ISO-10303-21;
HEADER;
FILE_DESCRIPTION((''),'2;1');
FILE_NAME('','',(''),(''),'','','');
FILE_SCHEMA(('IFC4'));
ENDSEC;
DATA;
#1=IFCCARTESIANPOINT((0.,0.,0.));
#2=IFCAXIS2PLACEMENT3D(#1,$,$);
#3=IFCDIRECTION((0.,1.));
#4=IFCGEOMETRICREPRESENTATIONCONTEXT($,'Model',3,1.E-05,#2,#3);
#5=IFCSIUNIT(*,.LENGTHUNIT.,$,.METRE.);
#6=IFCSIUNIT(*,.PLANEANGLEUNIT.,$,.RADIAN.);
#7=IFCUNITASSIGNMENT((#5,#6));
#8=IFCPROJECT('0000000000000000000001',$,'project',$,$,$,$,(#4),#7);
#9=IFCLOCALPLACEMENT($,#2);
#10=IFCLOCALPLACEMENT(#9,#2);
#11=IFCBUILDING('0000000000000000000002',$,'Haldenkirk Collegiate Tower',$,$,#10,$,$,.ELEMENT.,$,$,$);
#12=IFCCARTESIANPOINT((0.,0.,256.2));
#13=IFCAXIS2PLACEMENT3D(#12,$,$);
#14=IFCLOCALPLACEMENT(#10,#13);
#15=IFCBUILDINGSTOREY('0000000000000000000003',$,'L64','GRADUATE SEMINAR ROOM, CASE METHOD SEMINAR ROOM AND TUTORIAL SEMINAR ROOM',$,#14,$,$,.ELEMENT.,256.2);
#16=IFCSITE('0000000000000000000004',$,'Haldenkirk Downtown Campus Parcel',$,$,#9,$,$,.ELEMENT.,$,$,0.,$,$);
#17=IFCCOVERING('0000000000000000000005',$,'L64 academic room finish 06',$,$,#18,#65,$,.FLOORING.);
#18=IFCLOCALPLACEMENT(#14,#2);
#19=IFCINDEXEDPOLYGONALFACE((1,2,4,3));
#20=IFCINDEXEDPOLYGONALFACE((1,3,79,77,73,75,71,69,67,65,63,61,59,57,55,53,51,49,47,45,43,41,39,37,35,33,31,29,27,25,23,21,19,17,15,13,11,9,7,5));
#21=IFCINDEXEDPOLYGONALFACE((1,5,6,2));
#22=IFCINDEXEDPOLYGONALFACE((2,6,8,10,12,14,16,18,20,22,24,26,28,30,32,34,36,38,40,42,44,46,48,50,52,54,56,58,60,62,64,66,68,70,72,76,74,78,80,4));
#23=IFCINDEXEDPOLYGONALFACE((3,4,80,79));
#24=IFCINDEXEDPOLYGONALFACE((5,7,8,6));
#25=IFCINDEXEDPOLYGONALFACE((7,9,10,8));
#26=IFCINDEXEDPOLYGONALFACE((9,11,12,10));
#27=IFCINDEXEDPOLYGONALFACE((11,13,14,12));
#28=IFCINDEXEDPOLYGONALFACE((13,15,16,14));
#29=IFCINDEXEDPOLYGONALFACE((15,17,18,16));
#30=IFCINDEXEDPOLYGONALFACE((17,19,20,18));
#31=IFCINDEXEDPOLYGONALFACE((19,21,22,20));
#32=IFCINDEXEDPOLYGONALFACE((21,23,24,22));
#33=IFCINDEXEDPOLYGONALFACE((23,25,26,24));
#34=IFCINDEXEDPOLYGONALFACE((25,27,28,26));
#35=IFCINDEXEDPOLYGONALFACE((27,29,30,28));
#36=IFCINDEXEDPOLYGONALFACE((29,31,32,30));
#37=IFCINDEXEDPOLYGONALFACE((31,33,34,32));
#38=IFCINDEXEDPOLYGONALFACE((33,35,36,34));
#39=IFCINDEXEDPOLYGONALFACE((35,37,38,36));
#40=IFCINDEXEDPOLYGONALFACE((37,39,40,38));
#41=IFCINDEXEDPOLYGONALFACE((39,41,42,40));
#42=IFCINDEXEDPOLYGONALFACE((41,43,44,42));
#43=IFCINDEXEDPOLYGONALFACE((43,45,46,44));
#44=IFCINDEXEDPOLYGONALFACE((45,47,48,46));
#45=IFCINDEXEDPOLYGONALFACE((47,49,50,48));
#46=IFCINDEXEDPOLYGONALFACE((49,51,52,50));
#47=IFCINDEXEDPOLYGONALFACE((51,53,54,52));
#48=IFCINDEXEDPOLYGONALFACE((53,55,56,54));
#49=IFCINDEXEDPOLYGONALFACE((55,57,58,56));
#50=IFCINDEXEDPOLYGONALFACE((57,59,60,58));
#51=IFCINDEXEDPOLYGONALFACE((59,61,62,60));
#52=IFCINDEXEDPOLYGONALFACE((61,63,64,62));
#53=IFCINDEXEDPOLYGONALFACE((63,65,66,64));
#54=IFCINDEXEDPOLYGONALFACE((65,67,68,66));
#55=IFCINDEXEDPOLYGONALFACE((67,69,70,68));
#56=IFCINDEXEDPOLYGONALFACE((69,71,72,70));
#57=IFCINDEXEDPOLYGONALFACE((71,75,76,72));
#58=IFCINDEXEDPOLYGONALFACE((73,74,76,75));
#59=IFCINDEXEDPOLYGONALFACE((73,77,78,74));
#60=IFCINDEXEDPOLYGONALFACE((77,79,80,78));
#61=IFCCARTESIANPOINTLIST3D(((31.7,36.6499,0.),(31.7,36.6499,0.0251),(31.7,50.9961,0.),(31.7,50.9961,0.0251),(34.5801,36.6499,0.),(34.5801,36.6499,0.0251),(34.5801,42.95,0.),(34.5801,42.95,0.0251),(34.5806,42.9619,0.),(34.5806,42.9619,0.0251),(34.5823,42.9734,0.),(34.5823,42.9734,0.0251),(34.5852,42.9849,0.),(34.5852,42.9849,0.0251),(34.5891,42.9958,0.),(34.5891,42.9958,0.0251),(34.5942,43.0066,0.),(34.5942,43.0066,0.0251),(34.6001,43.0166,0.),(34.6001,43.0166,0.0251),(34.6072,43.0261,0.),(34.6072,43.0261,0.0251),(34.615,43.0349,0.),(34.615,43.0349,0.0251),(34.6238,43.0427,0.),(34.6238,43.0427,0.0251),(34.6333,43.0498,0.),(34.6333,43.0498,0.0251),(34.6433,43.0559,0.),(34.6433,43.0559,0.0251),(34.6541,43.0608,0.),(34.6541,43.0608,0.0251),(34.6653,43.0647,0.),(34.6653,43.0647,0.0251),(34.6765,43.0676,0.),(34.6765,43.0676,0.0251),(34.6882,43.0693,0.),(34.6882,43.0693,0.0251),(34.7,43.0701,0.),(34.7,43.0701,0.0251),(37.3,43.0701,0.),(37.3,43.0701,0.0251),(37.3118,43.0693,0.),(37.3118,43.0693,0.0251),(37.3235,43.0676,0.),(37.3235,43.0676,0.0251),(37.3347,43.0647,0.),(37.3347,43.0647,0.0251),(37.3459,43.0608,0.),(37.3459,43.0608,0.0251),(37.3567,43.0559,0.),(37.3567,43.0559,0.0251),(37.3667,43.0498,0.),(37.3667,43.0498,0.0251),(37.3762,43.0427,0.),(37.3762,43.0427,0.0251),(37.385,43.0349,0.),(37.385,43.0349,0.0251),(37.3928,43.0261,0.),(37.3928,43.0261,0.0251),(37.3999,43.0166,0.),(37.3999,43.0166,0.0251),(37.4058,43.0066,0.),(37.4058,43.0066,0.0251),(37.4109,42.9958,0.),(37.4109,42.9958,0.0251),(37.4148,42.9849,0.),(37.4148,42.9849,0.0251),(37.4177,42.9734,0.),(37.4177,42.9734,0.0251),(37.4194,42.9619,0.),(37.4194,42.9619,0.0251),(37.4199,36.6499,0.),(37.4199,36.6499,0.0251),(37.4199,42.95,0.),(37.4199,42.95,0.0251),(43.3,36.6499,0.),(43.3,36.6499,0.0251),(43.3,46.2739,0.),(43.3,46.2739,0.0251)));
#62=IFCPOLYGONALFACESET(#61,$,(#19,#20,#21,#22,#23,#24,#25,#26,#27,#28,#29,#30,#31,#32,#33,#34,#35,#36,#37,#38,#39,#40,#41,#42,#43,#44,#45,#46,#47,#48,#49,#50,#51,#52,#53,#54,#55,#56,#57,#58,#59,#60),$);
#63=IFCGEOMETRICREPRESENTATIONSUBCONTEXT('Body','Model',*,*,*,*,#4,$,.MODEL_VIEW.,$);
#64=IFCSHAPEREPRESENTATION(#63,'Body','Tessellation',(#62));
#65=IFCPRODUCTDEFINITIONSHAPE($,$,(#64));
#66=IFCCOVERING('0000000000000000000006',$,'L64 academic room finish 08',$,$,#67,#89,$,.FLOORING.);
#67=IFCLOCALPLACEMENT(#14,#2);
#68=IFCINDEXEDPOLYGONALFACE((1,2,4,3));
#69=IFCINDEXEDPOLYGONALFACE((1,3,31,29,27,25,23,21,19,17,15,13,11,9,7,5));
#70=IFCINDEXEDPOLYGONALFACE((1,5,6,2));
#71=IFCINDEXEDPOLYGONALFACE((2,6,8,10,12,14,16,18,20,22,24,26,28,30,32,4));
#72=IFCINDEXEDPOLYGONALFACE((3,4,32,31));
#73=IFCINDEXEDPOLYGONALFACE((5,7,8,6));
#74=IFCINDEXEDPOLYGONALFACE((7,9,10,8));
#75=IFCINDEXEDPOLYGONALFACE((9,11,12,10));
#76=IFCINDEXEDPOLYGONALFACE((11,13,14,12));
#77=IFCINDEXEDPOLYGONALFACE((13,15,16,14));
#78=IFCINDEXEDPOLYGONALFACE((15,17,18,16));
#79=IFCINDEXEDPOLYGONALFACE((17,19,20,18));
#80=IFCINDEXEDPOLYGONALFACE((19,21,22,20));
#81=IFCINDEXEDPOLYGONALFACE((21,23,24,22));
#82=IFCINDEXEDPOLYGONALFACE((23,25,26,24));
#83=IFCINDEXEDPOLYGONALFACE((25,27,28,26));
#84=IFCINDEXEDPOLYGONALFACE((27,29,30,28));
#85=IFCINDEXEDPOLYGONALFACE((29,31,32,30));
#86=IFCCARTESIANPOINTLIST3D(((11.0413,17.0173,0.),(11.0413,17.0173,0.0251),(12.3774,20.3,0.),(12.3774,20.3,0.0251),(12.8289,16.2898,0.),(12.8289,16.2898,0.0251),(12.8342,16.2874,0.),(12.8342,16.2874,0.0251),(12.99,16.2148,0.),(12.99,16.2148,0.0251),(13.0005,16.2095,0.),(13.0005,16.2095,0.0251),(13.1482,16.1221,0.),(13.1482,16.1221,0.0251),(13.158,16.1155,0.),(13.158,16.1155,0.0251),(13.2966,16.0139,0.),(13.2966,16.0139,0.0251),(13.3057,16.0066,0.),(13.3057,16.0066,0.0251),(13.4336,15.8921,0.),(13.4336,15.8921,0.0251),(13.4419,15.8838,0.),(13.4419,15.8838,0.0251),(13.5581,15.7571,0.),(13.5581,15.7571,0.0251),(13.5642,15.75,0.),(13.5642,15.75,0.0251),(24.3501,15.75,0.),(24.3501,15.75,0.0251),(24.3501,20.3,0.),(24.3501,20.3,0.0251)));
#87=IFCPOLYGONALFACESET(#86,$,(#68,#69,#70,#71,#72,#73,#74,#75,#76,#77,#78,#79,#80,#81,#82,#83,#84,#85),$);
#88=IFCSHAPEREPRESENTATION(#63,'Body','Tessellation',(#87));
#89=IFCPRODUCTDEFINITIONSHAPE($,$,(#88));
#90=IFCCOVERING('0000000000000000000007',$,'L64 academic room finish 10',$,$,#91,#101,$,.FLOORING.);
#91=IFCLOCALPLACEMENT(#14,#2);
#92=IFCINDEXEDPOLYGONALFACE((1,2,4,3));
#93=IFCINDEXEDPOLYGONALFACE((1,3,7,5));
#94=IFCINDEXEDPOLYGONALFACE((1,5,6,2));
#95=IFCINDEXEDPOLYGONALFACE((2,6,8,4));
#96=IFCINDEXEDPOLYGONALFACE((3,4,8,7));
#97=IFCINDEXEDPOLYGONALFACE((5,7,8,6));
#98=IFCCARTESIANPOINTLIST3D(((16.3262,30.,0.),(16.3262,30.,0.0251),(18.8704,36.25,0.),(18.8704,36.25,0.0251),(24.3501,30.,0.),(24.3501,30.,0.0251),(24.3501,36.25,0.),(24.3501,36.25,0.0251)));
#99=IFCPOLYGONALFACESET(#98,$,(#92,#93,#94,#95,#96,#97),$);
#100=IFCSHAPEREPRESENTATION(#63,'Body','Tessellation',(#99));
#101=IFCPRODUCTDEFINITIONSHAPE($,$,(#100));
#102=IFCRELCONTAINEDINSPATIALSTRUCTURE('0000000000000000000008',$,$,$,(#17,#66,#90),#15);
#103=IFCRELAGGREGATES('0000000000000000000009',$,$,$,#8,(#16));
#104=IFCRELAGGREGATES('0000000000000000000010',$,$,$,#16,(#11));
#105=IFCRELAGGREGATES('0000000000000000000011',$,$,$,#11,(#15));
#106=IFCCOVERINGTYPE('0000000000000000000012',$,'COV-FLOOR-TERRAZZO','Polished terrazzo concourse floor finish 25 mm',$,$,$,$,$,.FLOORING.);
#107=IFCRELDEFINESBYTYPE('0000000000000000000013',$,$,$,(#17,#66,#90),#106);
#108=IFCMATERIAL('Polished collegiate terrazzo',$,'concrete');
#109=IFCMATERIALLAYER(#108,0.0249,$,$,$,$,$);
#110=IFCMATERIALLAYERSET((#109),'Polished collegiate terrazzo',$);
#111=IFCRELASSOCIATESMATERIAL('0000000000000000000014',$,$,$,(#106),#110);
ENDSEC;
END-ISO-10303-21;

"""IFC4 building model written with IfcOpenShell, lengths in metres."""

from ifc_helpers import new_model, si_unit, direction, frame, origin, place, context, subcontext, project, spatial, polyline, outline, extrude, material, layer, layer_set, type_object, element, save


model = new_model("IFC4")

# Units and contexts
model_context = context("Model", 3, precision=1e-05, world=origin(), true_north=direction((0.0, 1.0)))
body_context = subcontext(model_context, "Body", "Model", "MODEL_VIEW")
ifc_project = project(units=[si_unit("LENGTHUNIT", "METRE"), si_unit("PLANEANGLEUNIT", "RADIAN")], contexts=[model_context])

# Site, building, storey
site_placement = place(None, origin())
site = spatial("IfcSite", under=ifc_project, at=site_placement, Name="Haldenkirk Downtown Campus Parcel", CompositionType="ELEMENT", RefElevation=0.0)
building_placement = place(site_placement, origin())
building = spatial("IfcBuilding", under=site, at=building_placement, Name="Haldenkirk Collegiate Tower", CompositionType="ELEMENT")
storey_placement = place(building_placement, frame((0.0, 0.0, 256.2)))
storey = spatial("IfcBuildingStorey", under=building, at=storey_placement, Name="L64", Description="GRADUATE SEMINAR ROOM, CASE METHOD SEMINAR ROOM AND TUTORIAL SEMINAR ROOM", CompositionType="ELEMENT", Elevation=256.2)

# Coverings
ifc_material_1 = material(Name="Polished collegiate terrazzo", Category="concrete")
ifc_layer_1 = layer(ifc_material_1, 0.0249)
ifc_layer_set_1 = layer_set([ifc_layer_1], Name="Polished collegiate terrazzo")
covering_type_1 = type_object("IfcCoveringType", Name="COV-FLOOR-TERRAZZO", Description="Polished terrazzo concourse floor finish 25 mm", PredefinedType="FLOORING", material=ifc_layer_set_1)
covering_1_placement = place(storey_placement, origin())
element("IfcCovering", 1, at=covering_1_placement, inside=storey, type_object=covering_type_1, Name="L64 academic room finish 06", PredefinedType="FLOORING", context=body_context, shape_type="SweptSolid", body=[
    extrude(outline(polyline([(43.3, 46.2739), (43.3, 36.6499), (37.4199, 36.6499), (37.4199, 42.95), (37.4194, 42.9619), (37.4177, 42.9734), (37.4148, 42.9849), (37.4109, 42.9958), (37.4058, 43.0066), (37.3999, 43.0166), (37.3928, 43.0261), (37.385, 43.0349), (37.3762, 43.0427), (37.3667, 43.0498), (37.3567, 43.0559), (37.3459, 43.0608), (37.3347, 43.0647), (37.3235, 43.0676), (37.3118, 43.0693), (37.3, 43.0701), (34.7, 43.0701), (34.6882, 43.0693), (34.6765, 43.0676), (34.6653, 43.0647), (34.6541, 43.0608), (34.6433, 43.0559), (34.6333, 43.0498), (34.6238, 43.0427), (34.615, 43.0349), (34.6072, 43.0261), (34.6001, 43.0166), (34.5942, 43.0066), (34.5891, 42.9958), (34.5852, 42.9849), (34.5823, 42.9734), (34.5806, 42.9619), (34.5801, 42.95), (34.5801, 36.6499), (31.7, 36.6499), (31.7, 50.9961), (43.3, 46.2739)])), origin(), (0.0, 0.0, 1.0), 0.0251),
])
covering_2_placement = place(storey_placement, origin())
element("IfcCovering", 2, at=covering_2_placement, inside=storey, type_object=covering_type_1, Name="L64 academic room finish 08", PredefinedType="FLOORING", context=body_context, shape_type="SweptSolid", body=[
    extrude(outline(polyline([(13.4419, 15.8838), (13.4336, 15.8921), (13.3057, 16.0066), (13.2966, 16.0139), (13.158, 16.1155), (13.1482, 16.1221), (13.0005, 16.2095), (12.99, 16.2148), (12.8342, 16.2874), (12.8289, 16.2898), (11.0413, 17.0173), (12.3774, 20.3), (24.3501, 20.3), (24.3501, 15.75), (13.5642, 15.75), (13.5581, 15.7571), (13.4419, 15.8838)])), origin(), (0.0, 0.0, 1.0), 0.0251),
])
covering_3_placement = place(storey_placement, origin())
element("IfcCovering", 3, at=covering_3_placement, inside=storey, type_object=covering_type_1, Name="L64 academic room finish 10", PredefinedType="FLOORING", context=body_context, shape_type="SweptSolid", body=[
    extrude(outline(polyline([(18.8704, 36.25), (24.3501, 36.25), (24.3501, 30.0), (16.3262, 30.0), (18.8704, 36.25)])), origin(), (0.0, 0.0, 1.0), 0.0251),
])

save(model, "model.ifc")
